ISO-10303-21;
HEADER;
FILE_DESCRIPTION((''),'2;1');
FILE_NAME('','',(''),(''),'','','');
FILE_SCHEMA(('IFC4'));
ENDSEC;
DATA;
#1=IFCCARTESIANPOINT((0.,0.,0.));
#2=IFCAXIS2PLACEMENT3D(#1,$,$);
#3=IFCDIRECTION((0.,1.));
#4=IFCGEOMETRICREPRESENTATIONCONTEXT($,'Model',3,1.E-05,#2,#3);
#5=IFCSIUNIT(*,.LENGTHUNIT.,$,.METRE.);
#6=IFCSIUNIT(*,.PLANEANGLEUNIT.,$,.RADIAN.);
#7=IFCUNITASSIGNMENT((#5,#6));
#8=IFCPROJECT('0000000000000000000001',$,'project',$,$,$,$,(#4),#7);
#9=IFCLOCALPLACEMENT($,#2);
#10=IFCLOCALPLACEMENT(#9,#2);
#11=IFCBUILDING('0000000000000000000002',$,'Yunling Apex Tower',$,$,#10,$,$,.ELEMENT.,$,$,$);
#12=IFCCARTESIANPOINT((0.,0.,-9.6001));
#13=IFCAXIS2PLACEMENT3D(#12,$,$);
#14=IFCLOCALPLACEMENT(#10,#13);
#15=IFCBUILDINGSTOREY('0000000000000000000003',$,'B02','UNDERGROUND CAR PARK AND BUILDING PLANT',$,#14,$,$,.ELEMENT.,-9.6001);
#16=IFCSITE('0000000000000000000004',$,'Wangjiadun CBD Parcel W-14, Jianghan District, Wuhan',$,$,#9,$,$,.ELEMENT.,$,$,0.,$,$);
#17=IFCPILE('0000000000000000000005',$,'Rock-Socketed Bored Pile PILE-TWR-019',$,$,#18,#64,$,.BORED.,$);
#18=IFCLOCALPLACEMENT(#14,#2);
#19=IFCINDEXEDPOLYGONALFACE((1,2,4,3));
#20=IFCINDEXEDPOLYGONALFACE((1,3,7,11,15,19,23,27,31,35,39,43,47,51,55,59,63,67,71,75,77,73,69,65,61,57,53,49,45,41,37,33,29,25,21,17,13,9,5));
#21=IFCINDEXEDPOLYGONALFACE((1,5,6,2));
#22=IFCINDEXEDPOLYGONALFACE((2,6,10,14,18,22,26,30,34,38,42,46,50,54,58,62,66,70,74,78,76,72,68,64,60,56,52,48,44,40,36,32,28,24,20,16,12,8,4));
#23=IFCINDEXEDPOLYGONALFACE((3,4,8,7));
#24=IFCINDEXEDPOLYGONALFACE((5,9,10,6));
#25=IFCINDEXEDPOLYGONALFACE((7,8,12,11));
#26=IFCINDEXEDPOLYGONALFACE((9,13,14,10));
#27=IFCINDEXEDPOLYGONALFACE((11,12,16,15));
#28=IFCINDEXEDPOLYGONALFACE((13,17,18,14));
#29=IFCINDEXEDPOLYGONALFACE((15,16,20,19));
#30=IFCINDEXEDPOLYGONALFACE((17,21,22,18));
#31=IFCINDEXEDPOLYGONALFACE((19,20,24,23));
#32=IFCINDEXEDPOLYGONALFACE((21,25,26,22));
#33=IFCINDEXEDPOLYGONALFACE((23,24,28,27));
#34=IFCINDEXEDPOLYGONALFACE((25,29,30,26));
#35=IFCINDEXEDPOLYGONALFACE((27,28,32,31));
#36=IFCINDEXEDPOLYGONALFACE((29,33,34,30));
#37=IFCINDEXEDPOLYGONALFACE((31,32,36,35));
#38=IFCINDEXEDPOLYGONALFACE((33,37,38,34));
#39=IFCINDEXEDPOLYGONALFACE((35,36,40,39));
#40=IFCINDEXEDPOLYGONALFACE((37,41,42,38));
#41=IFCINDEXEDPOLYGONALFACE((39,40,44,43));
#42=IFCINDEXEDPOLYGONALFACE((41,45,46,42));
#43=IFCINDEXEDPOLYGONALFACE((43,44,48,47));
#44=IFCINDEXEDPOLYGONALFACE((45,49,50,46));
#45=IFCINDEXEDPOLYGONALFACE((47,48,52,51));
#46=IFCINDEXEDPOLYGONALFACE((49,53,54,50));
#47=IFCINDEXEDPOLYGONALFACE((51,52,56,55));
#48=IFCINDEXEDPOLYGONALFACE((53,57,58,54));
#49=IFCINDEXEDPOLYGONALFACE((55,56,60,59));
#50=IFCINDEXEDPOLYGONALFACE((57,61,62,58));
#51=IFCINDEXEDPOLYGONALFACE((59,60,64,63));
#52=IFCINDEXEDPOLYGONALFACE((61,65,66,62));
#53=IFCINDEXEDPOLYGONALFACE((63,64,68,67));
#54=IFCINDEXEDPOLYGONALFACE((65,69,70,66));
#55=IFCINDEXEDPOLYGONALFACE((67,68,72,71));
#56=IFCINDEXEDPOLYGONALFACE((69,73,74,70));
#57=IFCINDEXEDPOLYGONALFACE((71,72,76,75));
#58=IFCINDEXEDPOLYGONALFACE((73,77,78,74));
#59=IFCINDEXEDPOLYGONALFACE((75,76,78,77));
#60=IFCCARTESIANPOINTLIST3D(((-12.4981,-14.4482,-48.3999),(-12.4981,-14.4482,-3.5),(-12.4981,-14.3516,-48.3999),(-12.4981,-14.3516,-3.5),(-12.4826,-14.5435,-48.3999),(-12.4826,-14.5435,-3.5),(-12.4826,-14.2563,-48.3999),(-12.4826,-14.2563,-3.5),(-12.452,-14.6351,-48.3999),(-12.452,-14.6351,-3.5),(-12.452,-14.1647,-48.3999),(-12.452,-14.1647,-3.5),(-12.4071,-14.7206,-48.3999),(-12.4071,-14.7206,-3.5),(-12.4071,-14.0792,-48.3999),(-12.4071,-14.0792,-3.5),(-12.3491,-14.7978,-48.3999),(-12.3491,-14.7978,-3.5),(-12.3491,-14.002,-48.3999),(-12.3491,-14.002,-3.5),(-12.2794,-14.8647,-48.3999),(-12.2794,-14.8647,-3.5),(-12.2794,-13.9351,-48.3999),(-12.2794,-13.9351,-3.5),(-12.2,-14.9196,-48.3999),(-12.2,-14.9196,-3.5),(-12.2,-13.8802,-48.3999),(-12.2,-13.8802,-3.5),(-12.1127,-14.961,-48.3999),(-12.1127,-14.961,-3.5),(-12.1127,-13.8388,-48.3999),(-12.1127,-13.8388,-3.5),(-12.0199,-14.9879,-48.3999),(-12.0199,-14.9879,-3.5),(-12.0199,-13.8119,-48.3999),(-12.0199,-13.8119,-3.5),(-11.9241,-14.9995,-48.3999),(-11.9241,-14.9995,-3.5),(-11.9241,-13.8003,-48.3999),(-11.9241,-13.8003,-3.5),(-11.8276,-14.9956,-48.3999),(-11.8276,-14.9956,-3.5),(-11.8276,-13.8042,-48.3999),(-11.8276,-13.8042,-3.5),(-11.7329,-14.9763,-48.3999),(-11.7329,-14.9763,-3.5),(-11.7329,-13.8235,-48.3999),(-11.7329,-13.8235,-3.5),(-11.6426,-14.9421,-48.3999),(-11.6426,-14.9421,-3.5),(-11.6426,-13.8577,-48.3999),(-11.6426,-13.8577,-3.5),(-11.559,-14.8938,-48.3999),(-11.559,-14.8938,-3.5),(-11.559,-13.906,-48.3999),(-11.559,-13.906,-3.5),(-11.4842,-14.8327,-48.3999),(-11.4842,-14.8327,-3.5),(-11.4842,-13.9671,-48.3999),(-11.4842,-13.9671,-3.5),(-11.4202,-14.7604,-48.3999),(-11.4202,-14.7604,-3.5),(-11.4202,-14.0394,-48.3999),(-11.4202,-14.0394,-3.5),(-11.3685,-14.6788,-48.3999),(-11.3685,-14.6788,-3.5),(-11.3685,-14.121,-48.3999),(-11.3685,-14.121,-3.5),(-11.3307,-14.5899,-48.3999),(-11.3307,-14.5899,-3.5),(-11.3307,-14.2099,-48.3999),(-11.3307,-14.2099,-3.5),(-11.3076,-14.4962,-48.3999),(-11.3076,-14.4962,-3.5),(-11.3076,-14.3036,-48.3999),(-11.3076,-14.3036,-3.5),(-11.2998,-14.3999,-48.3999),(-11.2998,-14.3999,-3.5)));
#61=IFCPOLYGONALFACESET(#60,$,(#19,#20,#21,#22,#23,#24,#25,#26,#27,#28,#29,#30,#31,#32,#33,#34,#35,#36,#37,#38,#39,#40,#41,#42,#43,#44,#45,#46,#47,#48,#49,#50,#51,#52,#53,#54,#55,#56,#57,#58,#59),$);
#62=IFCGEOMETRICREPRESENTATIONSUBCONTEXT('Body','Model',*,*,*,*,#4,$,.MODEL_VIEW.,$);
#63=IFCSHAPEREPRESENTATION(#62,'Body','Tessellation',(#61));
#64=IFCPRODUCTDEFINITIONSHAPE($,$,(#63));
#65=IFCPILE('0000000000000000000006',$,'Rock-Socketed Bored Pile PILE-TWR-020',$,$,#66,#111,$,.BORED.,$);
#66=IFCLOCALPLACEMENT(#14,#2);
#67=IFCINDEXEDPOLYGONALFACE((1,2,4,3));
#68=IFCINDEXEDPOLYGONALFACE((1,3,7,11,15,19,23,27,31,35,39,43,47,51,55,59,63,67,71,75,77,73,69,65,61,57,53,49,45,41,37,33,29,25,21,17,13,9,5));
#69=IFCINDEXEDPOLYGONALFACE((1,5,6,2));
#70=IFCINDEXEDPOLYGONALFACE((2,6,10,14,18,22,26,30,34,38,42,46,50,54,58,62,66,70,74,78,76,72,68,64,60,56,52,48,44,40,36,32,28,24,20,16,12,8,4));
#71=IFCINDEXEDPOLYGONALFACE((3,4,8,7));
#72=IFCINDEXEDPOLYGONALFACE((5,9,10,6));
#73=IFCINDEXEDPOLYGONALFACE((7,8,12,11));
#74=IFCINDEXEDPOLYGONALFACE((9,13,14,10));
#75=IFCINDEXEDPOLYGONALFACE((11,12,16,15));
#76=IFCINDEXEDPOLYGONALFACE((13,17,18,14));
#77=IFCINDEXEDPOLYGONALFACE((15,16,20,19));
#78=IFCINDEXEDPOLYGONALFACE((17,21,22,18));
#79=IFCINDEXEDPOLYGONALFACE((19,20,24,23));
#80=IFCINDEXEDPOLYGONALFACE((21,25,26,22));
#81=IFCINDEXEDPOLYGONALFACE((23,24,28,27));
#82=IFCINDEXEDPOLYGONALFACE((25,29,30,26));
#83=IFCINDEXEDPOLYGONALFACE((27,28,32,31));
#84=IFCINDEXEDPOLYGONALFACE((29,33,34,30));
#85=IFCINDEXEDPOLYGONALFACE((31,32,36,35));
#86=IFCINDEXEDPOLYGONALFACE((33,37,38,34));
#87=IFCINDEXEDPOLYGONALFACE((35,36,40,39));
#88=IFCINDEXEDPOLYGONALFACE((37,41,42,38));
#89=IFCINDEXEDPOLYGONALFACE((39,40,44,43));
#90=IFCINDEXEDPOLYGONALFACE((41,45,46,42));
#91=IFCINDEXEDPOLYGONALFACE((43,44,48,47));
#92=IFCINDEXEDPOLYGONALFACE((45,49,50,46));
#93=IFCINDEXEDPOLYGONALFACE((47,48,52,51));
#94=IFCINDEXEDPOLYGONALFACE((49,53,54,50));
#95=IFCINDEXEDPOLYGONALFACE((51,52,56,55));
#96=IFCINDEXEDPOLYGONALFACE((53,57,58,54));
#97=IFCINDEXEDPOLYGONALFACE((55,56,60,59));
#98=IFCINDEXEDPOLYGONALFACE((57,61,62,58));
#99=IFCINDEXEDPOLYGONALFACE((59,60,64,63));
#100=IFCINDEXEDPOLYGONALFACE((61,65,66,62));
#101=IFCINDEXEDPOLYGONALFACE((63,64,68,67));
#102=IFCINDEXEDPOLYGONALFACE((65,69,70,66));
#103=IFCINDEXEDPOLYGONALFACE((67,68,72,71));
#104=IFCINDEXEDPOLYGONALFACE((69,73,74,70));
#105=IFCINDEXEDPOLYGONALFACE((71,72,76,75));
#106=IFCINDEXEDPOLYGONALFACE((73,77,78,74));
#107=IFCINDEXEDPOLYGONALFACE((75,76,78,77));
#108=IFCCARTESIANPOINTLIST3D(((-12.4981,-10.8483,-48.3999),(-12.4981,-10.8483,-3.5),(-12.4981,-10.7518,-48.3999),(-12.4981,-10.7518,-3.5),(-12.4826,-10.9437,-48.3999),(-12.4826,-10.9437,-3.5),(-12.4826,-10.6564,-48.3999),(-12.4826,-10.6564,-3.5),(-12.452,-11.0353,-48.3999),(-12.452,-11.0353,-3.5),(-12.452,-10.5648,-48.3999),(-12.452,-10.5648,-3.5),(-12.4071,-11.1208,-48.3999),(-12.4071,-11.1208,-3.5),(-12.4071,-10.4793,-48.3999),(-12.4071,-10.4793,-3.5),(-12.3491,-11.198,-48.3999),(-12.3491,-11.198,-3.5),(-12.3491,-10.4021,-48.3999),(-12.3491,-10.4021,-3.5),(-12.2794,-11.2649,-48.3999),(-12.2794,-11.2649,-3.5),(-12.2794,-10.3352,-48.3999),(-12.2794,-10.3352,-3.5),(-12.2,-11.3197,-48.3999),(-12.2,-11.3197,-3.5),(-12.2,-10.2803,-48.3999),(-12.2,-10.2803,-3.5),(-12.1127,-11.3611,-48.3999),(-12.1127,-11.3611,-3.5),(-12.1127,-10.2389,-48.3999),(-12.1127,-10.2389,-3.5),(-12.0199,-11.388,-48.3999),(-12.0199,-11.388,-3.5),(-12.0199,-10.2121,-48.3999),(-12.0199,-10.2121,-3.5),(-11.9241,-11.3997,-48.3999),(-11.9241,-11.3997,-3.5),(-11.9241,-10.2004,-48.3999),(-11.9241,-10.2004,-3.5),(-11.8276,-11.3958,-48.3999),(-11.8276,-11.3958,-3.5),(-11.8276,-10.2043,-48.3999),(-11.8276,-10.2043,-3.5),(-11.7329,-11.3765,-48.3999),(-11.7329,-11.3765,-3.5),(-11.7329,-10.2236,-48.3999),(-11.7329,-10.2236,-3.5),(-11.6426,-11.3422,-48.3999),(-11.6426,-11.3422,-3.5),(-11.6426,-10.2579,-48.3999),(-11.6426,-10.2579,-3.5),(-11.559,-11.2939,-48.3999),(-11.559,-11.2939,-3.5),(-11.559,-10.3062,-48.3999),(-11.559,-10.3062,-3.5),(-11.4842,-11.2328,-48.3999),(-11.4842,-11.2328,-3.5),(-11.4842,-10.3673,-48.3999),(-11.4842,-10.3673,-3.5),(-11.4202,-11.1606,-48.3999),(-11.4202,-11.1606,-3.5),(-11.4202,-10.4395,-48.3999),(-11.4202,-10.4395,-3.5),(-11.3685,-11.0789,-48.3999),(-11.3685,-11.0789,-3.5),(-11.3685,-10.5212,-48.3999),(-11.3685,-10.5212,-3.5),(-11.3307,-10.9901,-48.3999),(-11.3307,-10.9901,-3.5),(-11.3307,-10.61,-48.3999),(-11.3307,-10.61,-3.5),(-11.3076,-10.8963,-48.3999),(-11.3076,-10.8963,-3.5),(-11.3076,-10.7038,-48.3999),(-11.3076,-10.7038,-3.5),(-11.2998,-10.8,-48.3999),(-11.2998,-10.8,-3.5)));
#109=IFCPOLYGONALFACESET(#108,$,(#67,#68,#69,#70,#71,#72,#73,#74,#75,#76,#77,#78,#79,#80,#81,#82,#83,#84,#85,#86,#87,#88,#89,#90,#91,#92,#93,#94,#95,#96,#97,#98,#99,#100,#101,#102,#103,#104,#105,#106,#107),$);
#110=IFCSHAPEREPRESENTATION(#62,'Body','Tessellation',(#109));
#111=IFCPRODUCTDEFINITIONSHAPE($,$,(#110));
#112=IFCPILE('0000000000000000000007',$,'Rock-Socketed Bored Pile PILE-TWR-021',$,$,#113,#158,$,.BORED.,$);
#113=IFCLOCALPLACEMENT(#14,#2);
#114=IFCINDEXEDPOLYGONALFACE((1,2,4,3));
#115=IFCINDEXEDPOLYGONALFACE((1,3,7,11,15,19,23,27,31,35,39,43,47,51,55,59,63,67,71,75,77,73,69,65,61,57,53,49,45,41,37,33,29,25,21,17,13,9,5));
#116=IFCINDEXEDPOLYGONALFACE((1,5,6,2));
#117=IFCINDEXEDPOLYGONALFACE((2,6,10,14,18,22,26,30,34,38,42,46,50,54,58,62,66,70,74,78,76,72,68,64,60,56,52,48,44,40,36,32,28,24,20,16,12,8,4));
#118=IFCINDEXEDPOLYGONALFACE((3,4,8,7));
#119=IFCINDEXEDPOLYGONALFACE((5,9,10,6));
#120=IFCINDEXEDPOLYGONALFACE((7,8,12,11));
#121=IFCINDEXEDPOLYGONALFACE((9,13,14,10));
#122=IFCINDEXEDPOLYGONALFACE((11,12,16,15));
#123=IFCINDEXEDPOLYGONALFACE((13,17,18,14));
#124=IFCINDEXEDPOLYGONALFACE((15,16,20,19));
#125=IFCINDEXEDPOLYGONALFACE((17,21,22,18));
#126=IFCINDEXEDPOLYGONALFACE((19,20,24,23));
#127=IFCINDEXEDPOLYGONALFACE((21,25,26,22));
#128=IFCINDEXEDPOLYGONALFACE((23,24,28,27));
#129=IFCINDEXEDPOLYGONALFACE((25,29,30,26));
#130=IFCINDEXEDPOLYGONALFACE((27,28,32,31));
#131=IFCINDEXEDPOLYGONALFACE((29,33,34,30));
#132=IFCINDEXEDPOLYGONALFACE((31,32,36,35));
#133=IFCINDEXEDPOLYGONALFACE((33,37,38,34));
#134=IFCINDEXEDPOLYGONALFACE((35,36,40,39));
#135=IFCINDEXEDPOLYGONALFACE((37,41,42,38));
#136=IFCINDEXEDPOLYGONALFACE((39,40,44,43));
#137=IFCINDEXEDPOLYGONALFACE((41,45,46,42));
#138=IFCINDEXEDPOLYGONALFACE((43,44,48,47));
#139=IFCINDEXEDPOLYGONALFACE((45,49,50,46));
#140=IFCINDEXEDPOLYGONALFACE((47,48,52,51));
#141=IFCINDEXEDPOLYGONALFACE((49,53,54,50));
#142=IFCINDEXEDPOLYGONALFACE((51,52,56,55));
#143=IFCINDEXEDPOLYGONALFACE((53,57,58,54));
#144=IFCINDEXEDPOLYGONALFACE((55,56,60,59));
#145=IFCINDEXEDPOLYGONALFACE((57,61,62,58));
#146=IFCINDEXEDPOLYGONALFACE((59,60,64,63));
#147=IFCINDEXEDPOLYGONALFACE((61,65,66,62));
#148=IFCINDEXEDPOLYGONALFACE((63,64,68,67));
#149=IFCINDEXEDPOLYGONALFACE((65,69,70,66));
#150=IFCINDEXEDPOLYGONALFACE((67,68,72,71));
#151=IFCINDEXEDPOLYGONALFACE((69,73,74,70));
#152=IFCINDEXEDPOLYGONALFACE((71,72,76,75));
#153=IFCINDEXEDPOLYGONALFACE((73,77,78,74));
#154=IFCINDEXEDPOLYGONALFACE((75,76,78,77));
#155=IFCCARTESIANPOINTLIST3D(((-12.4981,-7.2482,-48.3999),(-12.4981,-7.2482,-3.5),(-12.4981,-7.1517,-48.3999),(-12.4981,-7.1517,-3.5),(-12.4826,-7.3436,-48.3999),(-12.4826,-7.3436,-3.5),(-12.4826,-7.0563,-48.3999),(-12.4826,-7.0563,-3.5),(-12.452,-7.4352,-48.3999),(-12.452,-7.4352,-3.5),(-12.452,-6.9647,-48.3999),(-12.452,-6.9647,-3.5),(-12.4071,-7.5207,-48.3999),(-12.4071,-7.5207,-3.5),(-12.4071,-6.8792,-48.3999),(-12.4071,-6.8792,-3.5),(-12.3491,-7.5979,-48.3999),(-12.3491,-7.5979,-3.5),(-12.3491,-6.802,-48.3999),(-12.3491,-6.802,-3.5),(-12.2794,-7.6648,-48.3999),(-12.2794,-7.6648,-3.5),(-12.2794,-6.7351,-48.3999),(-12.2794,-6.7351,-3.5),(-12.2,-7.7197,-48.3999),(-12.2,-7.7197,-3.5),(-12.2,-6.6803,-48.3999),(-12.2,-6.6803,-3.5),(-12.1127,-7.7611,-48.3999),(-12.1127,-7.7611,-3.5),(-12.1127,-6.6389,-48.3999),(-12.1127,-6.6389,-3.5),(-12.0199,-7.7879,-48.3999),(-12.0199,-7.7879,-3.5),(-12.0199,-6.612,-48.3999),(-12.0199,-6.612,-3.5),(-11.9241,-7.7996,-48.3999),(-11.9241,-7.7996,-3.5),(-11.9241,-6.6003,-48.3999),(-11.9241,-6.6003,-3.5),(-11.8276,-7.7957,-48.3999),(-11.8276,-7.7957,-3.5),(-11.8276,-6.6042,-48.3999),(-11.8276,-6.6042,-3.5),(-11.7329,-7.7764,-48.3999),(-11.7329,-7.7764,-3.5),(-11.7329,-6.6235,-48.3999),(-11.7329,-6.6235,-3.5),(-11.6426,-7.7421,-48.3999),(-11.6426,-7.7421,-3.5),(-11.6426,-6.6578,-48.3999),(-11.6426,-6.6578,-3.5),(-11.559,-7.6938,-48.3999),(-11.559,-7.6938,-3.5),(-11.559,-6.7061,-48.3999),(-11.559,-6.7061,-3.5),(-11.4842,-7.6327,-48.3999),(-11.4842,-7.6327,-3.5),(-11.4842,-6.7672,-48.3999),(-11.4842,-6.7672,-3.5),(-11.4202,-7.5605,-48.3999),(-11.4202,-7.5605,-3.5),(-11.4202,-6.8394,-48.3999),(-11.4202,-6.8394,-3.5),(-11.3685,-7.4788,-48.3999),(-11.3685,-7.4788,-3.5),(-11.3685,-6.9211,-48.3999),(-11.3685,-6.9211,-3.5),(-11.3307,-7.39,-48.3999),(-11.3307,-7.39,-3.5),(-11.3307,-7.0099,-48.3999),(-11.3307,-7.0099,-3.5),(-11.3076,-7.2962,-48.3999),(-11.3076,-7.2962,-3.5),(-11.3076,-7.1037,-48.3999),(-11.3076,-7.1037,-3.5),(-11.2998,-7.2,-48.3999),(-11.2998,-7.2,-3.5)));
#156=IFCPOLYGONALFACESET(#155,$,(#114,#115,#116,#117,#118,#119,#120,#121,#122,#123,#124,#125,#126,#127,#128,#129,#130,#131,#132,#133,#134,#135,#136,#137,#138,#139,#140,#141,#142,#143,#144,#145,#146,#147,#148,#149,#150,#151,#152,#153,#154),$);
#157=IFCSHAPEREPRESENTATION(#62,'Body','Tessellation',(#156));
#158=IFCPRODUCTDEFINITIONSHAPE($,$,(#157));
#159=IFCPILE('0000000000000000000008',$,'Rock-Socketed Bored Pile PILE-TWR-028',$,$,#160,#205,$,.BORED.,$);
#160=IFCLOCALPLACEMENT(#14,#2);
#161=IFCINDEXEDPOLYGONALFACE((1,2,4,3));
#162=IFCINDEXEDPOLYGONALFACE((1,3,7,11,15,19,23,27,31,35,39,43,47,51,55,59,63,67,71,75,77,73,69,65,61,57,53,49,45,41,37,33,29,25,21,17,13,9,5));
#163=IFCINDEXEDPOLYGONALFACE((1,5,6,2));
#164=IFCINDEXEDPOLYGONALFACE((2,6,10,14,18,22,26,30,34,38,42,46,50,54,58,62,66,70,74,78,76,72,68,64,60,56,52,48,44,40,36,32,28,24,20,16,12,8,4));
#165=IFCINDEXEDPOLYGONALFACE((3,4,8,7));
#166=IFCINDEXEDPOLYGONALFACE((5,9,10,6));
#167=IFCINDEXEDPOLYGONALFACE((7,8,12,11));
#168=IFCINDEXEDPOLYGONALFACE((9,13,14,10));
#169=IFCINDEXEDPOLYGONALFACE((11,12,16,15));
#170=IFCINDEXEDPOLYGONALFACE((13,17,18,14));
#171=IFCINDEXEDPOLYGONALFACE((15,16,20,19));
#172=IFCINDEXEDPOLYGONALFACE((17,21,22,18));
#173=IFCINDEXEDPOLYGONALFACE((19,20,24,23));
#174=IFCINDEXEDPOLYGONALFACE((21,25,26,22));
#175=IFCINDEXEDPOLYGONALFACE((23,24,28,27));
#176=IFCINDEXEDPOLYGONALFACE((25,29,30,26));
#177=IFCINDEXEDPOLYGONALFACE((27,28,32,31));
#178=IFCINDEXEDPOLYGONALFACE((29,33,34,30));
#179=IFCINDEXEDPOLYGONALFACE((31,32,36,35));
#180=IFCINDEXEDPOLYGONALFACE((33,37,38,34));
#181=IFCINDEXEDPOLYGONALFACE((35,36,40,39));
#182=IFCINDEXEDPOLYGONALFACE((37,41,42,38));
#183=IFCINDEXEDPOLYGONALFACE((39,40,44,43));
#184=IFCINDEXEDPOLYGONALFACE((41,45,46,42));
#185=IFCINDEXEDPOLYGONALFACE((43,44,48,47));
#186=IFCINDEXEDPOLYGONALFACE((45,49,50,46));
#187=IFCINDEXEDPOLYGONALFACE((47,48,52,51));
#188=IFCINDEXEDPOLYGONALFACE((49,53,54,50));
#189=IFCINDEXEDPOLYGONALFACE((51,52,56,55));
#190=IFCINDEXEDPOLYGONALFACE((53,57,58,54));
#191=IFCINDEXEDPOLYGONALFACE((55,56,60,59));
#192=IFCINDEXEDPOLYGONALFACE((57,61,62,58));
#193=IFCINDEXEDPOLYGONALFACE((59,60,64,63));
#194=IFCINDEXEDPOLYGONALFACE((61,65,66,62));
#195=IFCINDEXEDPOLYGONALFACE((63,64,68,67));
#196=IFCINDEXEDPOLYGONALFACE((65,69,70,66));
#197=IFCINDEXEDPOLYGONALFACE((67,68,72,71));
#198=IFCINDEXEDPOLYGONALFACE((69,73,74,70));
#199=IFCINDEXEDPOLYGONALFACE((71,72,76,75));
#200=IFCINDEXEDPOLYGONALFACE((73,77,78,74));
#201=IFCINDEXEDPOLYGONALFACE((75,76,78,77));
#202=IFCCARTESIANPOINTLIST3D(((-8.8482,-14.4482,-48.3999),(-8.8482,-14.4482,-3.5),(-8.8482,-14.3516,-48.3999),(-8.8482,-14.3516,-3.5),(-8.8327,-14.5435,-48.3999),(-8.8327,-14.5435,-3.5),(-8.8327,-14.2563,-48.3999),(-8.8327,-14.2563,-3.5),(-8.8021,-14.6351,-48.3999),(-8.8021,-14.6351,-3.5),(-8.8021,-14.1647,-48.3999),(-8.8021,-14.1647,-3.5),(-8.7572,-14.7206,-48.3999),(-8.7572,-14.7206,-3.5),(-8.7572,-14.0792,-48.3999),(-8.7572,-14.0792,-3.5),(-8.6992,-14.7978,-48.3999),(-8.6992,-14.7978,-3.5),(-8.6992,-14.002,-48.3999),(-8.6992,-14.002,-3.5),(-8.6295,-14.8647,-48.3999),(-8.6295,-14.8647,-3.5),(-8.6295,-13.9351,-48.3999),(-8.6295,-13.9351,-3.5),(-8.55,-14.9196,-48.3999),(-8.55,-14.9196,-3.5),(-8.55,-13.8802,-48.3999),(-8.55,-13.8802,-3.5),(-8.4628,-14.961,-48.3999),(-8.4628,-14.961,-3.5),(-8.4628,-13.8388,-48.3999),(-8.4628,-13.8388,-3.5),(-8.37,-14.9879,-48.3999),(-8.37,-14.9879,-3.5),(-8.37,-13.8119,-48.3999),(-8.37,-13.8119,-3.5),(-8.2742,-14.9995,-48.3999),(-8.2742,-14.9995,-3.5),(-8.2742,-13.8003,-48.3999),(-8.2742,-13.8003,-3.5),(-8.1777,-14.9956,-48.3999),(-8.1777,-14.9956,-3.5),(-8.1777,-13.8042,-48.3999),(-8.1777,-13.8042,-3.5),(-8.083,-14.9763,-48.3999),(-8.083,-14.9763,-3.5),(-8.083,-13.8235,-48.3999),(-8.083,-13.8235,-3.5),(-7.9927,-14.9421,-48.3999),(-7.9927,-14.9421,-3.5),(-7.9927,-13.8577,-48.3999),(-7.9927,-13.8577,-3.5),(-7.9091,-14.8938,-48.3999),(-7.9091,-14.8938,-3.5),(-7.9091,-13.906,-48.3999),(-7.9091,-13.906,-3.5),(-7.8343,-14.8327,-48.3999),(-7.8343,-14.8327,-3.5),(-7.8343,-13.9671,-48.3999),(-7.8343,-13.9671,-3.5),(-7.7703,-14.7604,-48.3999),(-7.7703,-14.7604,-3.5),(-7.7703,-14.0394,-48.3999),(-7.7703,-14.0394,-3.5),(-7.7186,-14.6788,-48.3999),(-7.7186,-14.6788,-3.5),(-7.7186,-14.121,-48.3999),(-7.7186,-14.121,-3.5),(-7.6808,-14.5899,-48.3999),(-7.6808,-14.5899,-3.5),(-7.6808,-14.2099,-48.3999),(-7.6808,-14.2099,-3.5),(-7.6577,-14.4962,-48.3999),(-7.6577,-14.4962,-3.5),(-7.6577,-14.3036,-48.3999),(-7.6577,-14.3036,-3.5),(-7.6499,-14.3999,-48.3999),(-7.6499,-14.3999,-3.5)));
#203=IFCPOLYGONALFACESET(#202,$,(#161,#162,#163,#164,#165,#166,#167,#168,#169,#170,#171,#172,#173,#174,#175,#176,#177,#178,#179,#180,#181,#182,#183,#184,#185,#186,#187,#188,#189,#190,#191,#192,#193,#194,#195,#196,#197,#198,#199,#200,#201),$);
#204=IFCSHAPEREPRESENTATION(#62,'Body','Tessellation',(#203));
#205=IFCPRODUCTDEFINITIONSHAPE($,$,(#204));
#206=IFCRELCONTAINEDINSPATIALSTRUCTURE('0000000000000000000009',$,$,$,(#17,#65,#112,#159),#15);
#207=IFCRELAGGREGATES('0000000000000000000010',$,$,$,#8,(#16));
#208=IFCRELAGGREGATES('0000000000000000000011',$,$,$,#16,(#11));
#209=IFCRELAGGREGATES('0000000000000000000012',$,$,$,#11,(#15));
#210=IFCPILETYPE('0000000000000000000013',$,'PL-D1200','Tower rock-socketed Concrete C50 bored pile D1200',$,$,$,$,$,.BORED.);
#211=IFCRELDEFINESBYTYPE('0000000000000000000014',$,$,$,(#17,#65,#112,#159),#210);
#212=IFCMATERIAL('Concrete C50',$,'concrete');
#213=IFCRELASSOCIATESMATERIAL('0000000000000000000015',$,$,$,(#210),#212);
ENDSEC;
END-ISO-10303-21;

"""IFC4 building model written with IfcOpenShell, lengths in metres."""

from ifc_helpers import new_model, si_unit, direction, frame, origin, origin_2d, place, context, subcontext, project, spatial, circle, extrude, source, transform, mapped, material, material_profile, profile_set, type_object, element, save


model = new_model("IFC4")

# Units and contexts
model_context = context("Model", 3, precision=1e-05, world=origin(), true_north=direction((0.0, 1.0)))
body_context = subcontext(model_context, "Body", "Model", "MODEL_VIEW")
ifc_project = project(units=[si_unit("LENGTHUNIT", "METRE"), si_unit("PLANEANGLEUNIT", "RADIAN")], contexts=[model_context])

# Site, building, storey
site_placement = place(None, origin())
site = spatial("IfcSite", under=ifc_project, at=site_placement, Name="Wangjiadun CBD Parcel W-14, Jianghan District, Wuhan", CompositionType="ELEMENT", RefElevation=0.0)
building_placement = place(site_placement, origin())
building = spatial("IfcBuilding", under=site, at=building_placement, Name="Yunling Apex Tower", CompositionType="ELEMENT")
storey_placement = place(building_placement, frame((0.0, 0.0, -9.6001)))
storey = spatial("IfcBuildingStorey", under=building, at=storey_placement, Name="B02", Description="UNDERGROUND CAR PARK AND BUILDING PLANT", CompositionType="ELEMENT", Elevation=-9.6001)

# Shared definitions
ifc_material_1 = material(Name="Concrete C50", Category="concrete")

# Piles
ifc_material_profile_1 = material_profile(ifc_material_1, circle(Radius=0.6001, at=origin_2d()))
ifc_profile_set_1 = profile_set([ifc_material_profile_1], Name="Concrete C50")
pile_type_1 = type_object("IfcPileType", Name="PL-D1200", Description="Tower rock-socketed Concrete C50 bored pile D1200", PredefinedType="BORED", material=ifc_profile_set_1)
shared_shape_1 = source(origin(), body_context, "Body", "SweptSolid", [
    extrude(circle(Radius=0.6001, at=origin_2d()), origin(), (0.0, 0.0, 1.0), 44.8999),
])
for number, where, z_axis, x_axis, name in (
    (1, (-11.8999, -14.3999, -3.5), (0.0, 0.0, -1.0), (1.0, 0.0, 0.0), "Rock-Socketed Bored Pile PILE-TWR-019"),
    (2, (-11.8999, -10.8, -3.5), (0.0, 0.0, -1.0), (1.0, 0.0, 0.0), "Rock-Socketed Bored Pile PILE-TWR-020"),
    (3, (-11.8999, -7.2, -3.5), (0.0, 0.0, -1.0), (1.0, 0.0, 0.0), "Rock-Socketed Bored Pile PILE-TWR-021"),
    (4, (-8.25, -14.3999, -3.5), (0.0, 0.0, -1.0), (1.0, 0.0, 0.0), "Rock-Socketed Bored Pile PILE-TWR-028"),
):
    element("IfcPile", number, at=place(storey_placement, frame(where, z_axis=z_axis, x_axis=x_axis)), inside=storey, type_object=pile_type_1, Name=name, PredefinedType="BORED", context=body_context, shape_type="MappedRepresentation", body=[
        mapped(shared_shape_1, transform((0.0, 0.0, 0.0), scale=1.0)),
    ])

save(model, "model.ifc")
